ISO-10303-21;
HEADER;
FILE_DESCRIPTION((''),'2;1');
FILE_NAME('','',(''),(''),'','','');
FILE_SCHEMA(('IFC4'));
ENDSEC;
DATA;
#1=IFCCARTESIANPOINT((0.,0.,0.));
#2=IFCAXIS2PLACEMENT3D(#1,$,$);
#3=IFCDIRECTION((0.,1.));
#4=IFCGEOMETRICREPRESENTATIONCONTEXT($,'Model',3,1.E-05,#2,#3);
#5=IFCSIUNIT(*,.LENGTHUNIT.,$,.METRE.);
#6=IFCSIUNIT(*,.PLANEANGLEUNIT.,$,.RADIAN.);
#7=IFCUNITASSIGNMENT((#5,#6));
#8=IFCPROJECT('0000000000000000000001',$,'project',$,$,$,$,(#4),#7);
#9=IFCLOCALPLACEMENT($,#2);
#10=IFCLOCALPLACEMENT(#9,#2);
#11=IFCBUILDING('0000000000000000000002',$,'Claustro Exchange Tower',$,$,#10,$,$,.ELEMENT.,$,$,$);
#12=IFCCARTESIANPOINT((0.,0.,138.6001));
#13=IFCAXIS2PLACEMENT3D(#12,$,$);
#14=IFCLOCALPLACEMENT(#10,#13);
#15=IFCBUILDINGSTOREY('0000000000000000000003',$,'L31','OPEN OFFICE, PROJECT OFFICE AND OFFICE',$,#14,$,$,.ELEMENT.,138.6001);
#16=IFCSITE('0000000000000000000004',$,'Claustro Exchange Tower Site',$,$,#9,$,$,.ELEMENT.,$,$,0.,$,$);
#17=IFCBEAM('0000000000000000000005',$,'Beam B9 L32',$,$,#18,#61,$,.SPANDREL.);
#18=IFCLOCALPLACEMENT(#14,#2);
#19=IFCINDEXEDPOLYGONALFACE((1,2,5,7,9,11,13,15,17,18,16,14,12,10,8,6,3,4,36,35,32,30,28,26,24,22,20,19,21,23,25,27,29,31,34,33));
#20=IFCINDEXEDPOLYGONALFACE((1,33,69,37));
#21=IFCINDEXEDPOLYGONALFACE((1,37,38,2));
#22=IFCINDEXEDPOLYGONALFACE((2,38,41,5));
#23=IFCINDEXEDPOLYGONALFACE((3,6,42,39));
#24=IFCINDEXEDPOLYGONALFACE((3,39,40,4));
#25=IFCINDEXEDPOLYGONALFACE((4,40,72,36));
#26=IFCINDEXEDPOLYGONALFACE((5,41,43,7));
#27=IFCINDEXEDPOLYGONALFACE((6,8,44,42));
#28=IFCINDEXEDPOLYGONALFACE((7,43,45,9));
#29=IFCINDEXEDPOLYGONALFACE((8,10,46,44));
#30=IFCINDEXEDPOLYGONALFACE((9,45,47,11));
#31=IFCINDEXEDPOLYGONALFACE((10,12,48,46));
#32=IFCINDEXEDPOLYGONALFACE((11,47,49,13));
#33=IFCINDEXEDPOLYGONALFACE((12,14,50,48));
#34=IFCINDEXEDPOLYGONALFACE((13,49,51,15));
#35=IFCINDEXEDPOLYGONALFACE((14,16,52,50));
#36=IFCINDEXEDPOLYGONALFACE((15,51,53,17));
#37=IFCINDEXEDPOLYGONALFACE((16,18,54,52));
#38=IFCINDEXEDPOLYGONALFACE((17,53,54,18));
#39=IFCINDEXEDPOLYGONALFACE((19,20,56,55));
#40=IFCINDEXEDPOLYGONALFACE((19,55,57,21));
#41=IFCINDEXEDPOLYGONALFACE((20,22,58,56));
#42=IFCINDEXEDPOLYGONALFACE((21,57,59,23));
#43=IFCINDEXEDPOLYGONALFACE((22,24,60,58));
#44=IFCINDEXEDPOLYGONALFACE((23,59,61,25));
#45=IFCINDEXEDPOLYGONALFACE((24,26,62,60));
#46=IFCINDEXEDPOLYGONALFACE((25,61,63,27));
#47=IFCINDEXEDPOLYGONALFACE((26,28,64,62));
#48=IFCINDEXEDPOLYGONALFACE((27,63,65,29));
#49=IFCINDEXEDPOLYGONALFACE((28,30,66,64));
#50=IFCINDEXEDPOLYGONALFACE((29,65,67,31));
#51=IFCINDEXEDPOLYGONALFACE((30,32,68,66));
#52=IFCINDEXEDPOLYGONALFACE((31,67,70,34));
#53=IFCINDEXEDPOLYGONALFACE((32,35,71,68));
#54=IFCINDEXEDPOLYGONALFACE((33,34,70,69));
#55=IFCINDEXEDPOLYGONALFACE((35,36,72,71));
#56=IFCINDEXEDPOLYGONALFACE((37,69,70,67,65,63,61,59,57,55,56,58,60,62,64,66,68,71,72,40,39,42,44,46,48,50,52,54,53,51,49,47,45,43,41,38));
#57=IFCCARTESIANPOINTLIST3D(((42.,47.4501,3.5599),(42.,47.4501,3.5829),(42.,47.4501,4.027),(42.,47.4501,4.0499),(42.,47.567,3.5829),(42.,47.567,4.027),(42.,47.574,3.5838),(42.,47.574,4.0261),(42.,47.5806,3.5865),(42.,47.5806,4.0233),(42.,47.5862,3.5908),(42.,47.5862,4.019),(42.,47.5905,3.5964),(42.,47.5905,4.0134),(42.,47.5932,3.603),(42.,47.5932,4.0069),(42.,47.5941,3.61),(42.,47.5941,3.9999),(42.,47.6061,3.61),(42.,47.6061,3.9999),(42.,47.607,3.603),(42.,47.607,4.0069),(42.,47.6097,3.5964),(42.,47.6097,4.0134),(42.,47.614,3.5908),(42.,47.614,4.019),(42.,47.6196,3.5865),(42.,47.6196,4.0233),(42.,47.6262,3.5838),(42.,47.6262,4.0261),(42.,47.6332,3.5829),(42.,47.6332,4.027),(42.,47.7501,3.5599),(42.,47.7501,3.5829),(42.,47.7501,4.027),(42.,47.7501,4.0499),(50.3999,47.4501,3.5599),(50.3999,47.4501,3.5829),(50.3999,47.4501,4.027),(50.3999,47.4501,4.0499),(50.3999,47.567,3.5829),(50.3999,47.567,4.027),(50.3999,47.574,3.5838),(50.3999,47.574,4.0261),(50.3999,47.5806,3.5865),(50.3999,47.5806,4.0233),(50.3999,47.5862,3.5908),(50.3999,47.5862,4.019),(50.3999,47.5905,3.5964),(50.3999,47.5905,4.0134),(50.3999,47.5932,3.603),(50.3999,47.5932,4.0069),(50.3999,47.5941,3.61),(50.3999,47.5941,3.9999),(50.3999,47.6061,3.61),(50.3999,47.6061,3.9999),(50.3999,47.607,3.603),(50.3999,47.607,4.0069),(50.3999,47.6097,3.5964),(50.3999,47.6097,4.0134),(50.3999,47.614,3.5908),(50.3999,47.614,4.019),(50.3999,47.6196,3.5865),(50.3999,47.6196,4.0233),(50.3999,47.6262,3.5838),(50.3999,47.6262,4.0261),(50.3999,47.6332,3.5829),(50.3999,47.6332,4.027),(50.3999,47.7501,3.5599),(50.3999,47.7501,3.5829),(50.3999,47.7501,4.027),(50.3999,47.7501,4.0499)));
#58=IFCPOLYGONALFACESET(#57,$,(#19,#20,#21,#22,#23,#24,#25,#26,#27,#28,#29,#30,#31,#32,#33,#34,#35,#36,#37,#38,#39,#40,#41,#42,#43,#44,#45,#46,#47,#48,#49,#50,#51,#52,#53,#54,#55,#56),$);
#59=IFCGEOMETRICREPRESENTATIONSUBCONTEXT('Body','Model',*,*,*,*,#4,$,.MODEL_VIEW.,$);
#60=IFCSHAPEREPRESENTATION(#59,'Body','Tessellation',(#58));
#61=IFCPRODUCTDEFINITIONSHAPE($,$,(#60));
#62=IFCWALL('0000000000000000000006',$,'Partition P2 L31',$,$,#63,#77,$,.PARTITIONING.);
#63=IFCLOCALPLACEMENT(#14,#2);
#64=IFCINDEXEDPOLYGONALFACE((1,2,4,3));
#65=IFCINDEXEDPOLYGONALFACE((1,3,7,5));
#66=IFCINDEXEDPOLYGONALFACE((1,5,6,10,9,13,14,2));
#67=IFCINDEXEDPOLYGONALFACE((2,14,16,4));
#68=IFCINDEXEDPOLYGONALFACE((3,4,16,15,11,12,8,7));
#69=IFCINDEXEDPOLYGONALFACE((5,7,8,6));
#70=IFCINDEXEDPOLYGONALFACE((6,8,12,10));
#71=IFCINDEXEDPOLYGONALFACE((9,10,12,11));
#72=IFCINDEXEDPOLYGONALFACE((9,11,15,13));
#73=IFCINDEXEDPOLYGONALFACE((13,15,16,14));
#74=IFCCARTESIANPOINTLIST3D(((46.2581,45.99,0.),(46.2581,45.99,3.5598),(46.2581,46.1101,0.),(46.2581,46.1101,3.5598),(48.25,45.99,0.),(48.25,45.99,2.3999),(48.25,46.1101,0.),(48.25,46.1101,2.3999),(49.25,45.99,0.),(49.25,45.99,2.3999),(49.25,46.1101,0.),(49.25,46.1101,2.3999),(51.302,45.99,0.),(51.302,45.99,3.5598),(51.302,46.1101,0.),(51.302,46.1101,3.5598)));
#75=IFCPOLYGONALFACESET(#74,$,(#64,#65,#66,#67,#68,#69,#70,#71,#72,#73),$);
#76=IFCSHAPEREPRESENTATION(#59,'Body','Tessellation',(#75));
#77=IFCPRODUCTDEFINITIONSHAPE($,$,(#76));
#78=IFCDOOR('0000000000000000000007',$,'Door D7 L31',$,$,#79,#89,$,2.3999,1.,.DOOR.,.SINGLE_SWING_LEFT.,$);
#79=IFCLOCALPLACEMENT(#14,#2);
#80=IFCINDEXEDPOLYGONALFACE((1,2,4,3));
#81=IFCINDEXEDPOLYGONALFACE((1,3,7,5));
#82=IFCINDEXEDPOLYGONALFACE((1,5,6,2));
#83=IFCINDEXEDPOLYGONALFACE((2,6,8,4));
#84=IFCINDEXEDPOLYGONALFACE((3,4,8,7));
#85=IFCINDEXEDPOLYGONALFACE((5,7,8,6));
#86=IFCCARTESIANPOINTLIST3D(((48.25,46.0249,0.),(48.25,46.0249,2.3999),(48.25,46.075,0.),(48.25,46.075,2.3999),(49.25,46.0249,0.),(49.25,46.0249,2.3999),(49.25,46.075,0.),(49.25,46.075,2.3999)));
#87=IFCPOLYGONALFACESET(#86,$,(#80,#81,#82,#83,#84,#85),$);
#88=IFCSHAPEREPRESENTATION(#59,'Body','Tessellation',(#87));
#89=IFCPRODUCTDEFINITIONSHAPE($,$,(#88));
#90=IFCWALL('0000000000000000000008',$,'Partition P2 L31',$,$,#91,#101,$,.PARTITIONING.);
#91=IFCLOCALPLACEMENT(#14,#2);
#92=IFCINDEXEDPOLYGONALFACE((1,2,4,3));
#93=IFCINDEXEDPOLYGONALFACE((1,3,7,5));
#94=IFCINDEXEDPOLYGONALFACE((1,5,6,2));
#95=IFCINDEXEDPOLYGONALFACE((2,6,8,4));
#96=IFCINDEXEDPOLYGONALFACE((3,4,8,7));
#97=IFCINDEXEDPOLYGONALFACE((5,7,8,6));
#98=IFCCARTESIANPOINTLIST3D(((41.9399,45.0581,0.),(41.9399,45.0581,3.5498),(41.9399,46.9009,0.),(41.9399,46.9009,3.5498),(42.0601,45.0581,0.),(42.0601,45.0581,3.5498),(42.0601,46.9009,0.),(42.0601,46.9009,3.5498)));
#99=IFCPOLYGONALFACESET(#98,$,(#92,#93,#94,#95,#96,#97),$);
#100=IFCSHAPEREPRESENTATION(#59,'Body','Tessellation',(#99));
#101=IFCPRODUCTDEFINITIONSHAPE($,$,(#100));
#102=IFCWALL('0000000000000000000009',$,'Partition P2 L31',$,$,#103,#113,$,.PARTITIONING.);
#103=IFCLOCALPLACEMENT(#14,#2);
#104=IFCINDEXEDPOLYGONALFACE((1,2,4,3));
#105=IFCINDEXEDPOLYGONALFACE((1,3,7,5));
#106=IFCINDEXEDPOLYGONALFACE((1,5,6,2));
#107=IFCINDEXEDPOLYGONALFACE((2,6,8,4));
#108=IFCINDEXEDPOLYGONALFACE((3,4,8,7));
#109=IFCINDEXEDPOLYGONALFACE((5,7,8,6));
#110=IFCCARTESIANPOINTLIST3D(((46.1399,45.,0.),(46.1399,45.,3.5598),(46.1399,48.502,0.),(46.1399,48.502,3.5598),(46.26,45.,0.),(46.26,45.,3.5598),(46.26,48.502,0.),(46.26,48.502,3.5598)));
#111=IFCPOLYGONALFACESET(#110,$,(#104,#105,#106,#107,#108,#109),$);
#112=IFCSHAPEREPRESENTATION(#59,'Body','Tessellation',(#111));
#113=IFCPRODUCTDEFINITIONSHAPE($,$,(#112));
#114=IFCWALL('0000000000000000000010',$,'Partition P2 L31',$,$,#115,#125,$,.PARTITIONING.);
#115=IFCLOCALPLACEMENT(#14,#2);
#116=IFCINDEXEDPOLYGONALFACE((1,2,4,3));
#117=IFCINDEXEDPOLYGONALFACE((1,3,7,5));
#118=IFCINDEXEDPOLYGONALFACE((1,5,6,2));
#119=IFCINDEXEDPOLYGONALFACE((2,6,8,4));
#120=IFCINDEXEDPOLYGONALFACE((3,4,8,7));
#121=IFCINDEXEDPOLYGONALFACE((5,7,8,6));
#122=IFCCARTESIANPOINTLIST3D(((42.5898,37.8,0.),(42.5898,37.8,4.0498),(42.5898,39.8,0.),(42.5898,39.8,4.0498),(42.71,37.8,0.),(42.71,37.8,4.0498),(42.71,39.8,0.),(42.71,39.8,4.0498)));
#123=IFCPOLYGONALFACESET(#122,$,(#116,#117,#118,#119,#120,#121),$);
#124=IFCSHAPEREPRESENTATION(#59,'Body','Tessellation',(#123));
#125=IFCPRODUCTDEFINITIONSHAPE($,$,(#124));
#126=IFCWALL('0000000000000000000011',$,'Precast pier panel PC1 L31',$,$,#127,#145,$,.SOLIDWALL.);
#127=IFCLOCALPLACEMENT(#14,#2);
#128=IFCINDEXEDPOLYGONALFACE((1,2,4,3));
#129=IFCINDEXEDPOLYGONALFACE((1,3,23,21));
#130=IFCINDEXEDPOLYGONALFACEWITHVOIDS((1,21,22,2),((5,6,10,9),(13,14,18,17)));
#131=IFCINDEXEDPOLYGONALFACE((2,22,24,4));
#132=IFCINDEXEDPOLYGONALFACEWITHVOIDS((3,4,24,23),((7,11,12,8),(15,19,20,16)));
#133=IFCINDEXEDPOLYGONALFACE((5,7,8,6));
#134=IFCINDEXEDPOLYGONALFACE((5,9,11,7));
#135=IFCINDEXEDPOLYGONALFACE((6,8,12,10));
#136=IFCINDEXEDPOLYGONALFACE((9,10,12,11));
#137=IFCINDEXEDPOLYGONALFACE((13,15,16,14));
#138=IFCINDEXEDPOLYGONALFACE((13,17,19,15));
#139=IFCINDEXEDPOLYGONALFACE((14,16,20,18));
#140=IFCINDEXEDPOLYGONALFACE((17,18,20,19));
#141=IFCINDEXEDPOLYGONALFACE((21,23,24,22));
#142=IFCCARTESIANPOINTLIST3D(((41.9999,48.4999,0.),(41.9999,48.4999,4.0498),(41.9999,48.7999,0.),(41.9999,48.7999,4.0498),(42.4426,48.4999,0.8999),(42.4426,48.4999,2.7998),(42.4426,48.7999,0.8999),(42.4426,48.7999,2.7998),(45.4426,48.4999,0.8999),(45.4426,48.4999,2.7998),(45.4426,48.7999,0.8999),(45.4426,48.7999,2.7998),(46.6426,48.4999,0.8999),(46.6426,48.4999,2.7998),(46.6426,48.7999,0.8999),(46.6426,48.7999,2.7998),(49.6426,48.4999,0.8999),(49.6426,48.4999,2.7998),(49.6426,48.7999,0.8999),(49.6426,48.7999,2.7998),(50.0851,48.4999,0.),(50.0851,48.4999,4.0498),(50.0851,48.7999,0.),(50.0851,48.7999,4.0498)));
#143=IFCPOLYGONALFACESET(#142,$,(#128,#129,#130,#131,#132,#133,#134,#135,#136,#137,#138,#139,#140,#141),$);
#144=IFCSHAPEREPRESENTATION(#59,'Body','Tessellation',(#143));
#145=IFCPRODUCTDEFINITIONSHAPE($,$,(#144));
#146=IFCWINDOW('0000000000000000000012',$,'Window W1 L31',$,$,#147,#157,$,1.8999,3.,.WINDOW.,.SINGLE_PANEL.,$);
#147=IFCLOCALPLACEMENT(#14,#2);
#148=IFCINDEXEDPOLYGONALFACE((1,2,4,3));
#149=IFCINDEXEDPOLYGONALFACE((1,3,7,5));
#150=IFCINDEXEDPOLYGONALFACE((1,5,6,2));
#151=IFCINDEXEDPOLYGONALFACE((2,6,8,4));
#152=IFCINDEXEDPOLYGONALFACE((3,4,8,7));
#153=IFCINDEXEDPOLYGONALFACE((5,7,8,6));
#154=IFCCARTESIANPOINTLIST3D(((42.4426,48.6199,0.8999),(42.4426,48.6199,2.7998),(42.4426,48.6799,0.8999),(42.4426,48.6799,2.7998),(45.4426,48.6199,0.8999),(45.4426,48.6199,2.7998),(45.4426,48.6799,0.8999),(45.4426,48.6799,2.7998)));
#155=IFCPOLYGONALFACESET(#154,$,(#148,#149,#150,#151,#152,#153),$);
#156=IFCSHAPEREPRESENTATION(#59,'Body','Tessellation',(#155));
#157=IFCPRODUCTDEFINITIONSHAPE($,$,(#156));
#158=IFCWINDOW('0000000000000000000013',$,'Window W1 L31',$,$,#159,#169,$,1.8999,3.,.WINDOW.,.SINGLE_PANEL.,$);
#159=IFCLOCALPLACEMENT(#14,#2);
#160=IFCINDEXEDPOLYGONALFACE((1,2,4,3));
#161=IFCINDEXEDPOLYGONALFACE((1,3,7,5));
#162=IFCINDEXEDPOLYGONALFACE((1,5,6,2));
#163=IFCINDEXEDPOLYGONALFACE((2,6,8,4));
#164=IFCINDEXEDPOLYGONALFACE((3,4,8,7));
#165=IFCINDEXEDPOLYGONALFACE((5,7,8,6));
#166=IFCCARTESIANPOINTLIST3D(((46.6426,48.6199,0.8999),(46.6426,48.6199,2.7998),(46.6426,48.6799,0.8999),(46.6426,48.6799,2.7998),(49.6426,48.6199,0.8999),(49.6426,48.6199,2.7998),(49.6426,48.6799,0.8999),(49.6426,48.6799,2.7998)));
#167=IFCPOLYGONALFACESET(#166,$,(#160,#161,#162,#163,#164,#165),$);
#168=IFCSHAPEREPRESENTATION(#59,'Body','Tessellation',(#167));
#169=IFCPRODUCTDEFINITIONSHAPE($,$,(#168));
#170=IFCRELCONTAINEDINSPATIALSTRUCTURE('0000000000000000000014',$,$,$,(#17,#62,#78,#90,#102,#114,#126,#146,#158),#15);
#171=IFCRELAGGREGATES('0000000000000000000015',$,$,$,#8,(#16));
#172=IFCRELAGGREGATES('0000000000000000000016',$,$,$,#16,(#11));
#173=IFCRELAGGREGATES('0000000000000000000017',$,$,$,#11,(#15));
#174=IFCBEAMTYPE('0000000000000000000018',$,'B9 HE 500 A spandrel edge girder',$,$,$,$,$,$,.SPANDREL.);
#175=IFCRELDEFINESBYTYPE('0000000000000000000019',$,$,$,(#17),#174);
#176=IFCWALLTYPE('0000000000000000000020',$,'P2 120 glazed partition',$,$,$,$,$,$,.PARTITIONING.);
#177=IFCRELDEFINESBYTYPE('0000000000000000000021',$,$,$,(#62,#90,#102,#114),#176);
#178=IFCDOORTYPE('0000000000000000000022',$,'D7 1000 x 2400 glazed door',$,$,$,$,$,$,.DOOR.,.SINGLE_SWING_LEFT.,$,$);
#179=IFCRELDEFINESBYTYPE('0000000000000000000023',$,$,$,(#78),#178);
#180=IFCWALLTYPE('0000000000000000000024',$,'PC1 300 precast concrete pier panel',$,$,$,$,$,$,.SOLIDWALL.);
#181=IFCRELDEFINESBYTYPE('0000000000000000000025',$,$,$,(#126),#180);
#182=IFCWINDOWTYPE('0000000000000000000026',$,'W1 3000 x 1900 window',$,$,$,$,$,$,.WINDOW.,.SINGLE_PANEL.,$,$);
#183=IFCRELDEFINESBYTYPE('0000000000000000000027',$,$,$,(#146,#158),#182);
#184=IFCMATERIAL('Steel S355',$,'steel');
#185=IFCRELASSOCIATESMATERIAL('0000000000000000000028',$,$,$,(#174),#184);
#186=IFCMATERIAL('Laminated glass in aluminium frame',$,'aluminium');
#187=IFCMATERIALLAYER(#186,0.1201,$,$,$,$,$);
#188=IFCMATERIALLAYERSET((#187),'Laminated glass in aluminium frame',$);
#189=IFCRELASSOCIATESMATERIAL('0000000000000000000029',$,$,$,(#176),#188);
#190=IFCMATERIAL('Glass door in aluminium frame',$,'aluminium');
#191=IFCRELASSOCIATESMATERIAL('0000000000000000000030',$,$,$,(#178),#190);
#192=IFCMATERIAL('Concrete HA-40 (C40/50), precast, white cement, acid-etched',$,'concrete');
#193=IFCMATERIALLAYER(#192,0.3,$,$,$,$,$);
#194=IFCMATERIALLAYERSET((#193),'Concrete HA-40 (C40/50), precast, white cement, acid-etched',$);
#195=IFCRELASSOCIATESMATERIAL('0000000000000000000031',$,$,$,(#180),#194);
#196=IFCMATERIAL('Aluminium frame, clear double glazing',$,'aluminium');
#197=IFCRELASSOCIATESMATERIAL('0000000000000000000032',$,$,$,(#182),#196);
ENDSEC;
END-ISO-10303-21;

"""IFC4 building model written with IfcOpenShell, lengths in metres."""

from ifc_helpers import new_model, si_unit, direction, frame, frame_2d, origin, origin_2d, place, context, subcontext, project, spatial, rectangle, i_section, extrude, material, layer, layer_set, material_profile, profile_set, type_object, element, fill, save


model = new_model("IFC4")

# Units and contexts
model_context = context("Model", 3, precision=1e-05, world=origin(), true_north=direction((0.0, 1.0)))
body_context = subcontext(model_context, "Body", "Model", "MODEL_VIEW")
ifc_project = project(units=[si_unit("LENGTHUNIT", "METRE"), si_unit("PLANEANGLEUNIT", "RADIAN")], contexts=[model_context])

# Site, building, storey
site_placement = place(None, origin())
site = spatial("IfcSite", under=ifc_project, at=site_placement, Name="Claustro Exchange Tower Site", CompositionType="ELEMENT", RefElevation=0.0)
building_placement = place(site_placement, origin())
building = spatial("IfcBuilding", under=site, at=building_placement, Name="Claustro Exchange Tower", CompositionType="ELEMENT")
storey_placement = place(building_placement, frame((0.0, 0.0, 138.6001)))
storey = spatial("IfcBuildingStorey", under=building, at=storey_placement, Name="L31", Description="OPEN OFFICE, PROJECT OFFICE AND OFFICE", CompositionType="ELEMENT", Elevation=138.6001)

# Beam
ifc_material_1 = material(Name="Steel S355", Category="steel")
ifc_material_profile_1 = material_profile(ifc_material_1, i_section(OverallWidth=0.3, OverallDepth=0.49, WebThickness=0.012, FlangeThickness=0.0229, FilletRadius=0.0271, at=origin_2d()), Name="HE 500 A")
ifc_profile_set_1 = profile_set([ifc_material_profile_1], Name="Steel S355")
beam_type_1 = type_object("IfcBeamType", Name="B9 HE 500 A spandrel edge girder", PredefinedType="SPANDREL", material=ifc_profile_set_1)
beam_1_placement = place(storey_placement, frame((42.0, 47.6001, 3.8049), z_axis=(1.0, 0.0, 0.0), x_axis=(0.0, 1.0, 0.0)))
element("IfcBeam", 1, at=beam_1_placement, inside=storey, type_object=beam_type_1, Name="Beam B9 L32", PredefinedType="SPANDREL", context=body_context, shape_type="SweptSolid", body=[
    extrude(i_section(OverallWidth=0.3, OverallDepth=0.49, WebThickness=0.012, FlangeThickness=0.0229, FilletRadius=0.0271, at=origin_2d()), origin(), (0.0, 0.0, 1.0), 8.3999),
])

# Wall, opening, door
ifc_material_2 = material(Name="Laminated glass in aluminium frame", Category="aluminium")
ifc_layer_1 = layer(ifc_material_2, 0.1201)
ifc_layer_set_1 = layer_set([ifc_layer_1], Name="Laminated glass in aluminium frame")
wall_type_1 = type_object("IfcWallType", Name="P2 120 glazed partition", PredefinedType="PARTITIONING", material=ifc_layer_set_1)
wall_1_placement = place(storey_placement, frame((46.2581, 46.05, 0.0), z_axis=(0.0, 0.0, 1.0), x_axis=(1.0, 0.0, 0.0)))
wall_1 = element("IfcWall", 2, at=wall_1_placement, inside=storey, type_object=wall_type_1, Name="Partition P2 L31", PredefinedType="PARTITIONING", context=body_context, shape_type="SweptSolid", body=[
    extrude(rectangle(XDim=5.0439, YDim=0.1201, at=frame_2d((2.522, 0.0))), origin(), (0.0, 0.0, 1.0), 3.5598),
])
opening_1_placement = place(wall_1_placement, frame((1.9919, 0.0, 0.0)))
opening_1 = element("IfcOpeningElement", 3, at=opening_1_placement, cuts=wall_1, PredefinedType="OPENING", context=body_context, shape_type="SweptSolid", body=[
    extrude(rectangle(XDim=1.0, YDim=2.3999, at=frame_2d((0.5, 1.2))), frame((0.0, 0.0701, 0.0), z_axis=(0.0, -1.0, 0.0), x_axis=(1.0, 0.0, 0.0)), (0.0, 0.0, 1.0), 0.1401),
])
ifc_material_3 = material(Name="Glass door in aluminium frame", Category="aluminium")
door_type = type_object("IfcDoorType", Name="D7 1000 x 2400 glazed door", OperationType="SINGLE_SWING_LEFT", PredefinedType="DOOR", material=ifc_material_3)
door_placement = place(opening_1_placement, origin())
door = element("IfcDoor", 4, at=door_placement, inside=storey, type_object=door_type, Name="Door D7 L31", OperationType="SINGLE_SWING_LEFT", OverallHeight=2.3999, OverallWidth=1.0, PredefinedType="DOOR", context=body_context, shape_type="SweptSolid", body=[
    extrude(rectangle(XDim=1.0, YDim=2.3999, at=frame_2d((0.5, 1.2))), frame((0.0, 0.0249, 0.0), z_axis=(0.0, -1.0, 0.0), x_axis=(1.0, 0.0, 0.0)), (0.0, 0.0, 1.0), 0.05),
])
fill(opening_1, door)

# Walls
wall_2_placement = place(storey_placement, frame((42.0, 45.0581, 0.0), z_axis=(0.0, 0.0, 1.0), x_axis=(0.0, 1.0, 0.0)))
element("IfcWall", 5, at=wall_2_placement, inside=storey, type_object=wall_type_1, Name="Partition P2 L31", PredefinedType="PARTITIONING", context=body_context, shape_type="SweptSolid", body=[
    extrude(rectangle(XDim=1.8428, YDim=0.1201, at=frame_2d((0.9214, 0.0))), origin(), (0.0, 0.0, 1.0), 3.5498),
])
wall_3_placement = place(storey_placement, frame((46.2, 45.0, 0.0), z_axis=(0.0, 0.0, 1.0), x_axis=(0.0, 1.0, 0.0)))
element("IfcWall", 6, at=wall_3_placement, inside=storey, type_object=wall_type_1, Name="Partition P2 L31", PredefinedType="PARTITIONING", context=body_context, shape_type="SweptSolid", body=[
    extrude(rectangle(XDim=3.502, YDim=0.1201, at=frame_2d((1.751, 0.0))), origin(), (0.0, 0.0, 1.0), 3.5598),
])
wall_4_placement = place(storey_placement, frame((42.6499, 37.8, 0.0), z_axis=(0.0, 0.0, 1.0), x_axis=(0.0, 1.0, 0.0)))
element("IfcWall", 7, at=wall_4_placement, inside=storey, type_object=wall_type_1, Name="Partition P2 L31", PredefinedType="PARTITIONING", context=body_context, shape_type="SweptSolid", body=[
    extrude(rectangle(XDim=2.0, YDim=0.1201, at=frame_2d((1.0, 0.0))), origin(), (0.0, 0.0, 1.0), 4.0498),
])

# Wall, openings, windows
ifc_material_4 = material(Name="Concrete HA-40 (C40/50), precast, white cement, acid-etched", Category="concrete")
ifc_layer_2 = layer(ifc_material_4, 0.3)
ifc_layer_set_2 = layer_set([ifc_layer_2], Name="Concrete HA-40 (C40/50), precast, white cement, acid-etched")
wall_type_2 = type_object("IfcWallType", Name="PC1 300 precast concrete pier panel", PredefinedType="SOLIDWALL", material=ifc_layer_set_2)
wall_5_placement = place(storey_placement, frame((42.0, 48.6499, 0.0), z_axis=(0.0, 0.0, 1.0), x_axis=(1.0, 0.0, 0.0)))
wall_5 = element("IfcWall", 8, at=wall_5_placement, inside=storey, type_object=wall_type_2, Name="Precast pier panel PC1 L31", PredefinedType="SOLIDWALL", context=body_context, shape_type="SweptSolid", body=[
    extrude(rectangle(XDim=8.0852, YDim=0.3, at=frame_2d((4.0425, 0.0))), origin(), (0.0, 0.0, 1.0), 4.0498),
])
opening_2_placement = place(wall_5_placement, frame((0.4426, 0.0, 0.8999)))
opening_2 = element("IfcOpeningElement", 9, at=opening_2_placement, cuts=wall_5, PredefinedType="OPENING", context=body_context, shape_type="SweptSolid", body=[
    extrude(rectangle(XDim=3.0, YDim=1.8999, at=frame_2d((1.5, 0.95))), frame((0.0, 0.1599, 0.0), z_axis=(0.0, -1.0, 0.0), x_axis=(1.0, 0.0, 0.0)), (0.0, 0.0, 1.0), 0.3201),
])
opening_3_placement = place(wall_5_placement, frame((4.6426, 0.0, 0.8999)))
opening_3 = element("IfcOpeningElement", 10, at=opening_3_placement, cuts=wall_5, PredefinedType="OPENING", context=body_context, shape_type="SweptSolid", body=[
    extrude(rectangle(XDim=3.0, YDim=1.8999, at=frame_2d((1.5, 0.95))), frame((0.0, 0.1599, 0.0), z_axis=(0.0, -1.0, 0.0), x_axis=(1.0, 0.0, 0.0)), (0.0, 0.0, 1.0), 0.3201),
])
ifc_material_5 = material(Name="Aluminium frame, clear double glazing", Category="aluminium")
window_type_1 = type_object("IfcWindowType", Name="W1 3000 x 1900 window", PartitioningType="SINGLE_PANEL", PredefinedType="WINDOW", material=ifc_material_5)
window_1_placement = place(opening_2_placement, origin())
window_1 = element("IfcWindow", 11, at=window_1_placement, inside=storey, type_object=window_type_1, Name="Window W1 L31", OverallHeight=1.8999, OverallWidth=3.0, PartitioningType="SINGLE_PANEL", PredefinedType="WINDOW", context=body_context, shape_type="SweptSolid", body=[
    extrude(rectangle(XDim=3.0, YDim=1.8999, at=frame_2d((1.5, 0.95))), frame((0.0, 0.03, 0.0), z_axis=(0.0, -1.0, 0.0), x_axis=(1.0, 0.0, 0.0)), (0.0, 0.0, 1.0), 0.0601),
])
fill(opening_2, window_1)
window_2_placement = place(opening_3_placement, origin())
window_2 = element("IfcWindow", 12, at=window_2_placement, inside=storey, type_object=window_type_1, Name="Window W1 L31", OverallHeight=1.8999, OverallWidth=3.0, PartitioningType="SINGLE_PANEL", PredefinedType="WINDOW", context=body_context, shape_type="SweptSolid", body=[
    extrude(rectangle(XDim=3.0, YDim=1.8999, at=frame_2d((1.5, 0.95))), frame((0.0, 0.03, 0.0), z_axis=(0.0, -1.0, 0.0), x_axis=(1.0, 0.0, 0.0)), (0.0, 0.0, 1.0), 0.0601),
])
fill(opening_3, window_2)

save(model, "model.ifc")
